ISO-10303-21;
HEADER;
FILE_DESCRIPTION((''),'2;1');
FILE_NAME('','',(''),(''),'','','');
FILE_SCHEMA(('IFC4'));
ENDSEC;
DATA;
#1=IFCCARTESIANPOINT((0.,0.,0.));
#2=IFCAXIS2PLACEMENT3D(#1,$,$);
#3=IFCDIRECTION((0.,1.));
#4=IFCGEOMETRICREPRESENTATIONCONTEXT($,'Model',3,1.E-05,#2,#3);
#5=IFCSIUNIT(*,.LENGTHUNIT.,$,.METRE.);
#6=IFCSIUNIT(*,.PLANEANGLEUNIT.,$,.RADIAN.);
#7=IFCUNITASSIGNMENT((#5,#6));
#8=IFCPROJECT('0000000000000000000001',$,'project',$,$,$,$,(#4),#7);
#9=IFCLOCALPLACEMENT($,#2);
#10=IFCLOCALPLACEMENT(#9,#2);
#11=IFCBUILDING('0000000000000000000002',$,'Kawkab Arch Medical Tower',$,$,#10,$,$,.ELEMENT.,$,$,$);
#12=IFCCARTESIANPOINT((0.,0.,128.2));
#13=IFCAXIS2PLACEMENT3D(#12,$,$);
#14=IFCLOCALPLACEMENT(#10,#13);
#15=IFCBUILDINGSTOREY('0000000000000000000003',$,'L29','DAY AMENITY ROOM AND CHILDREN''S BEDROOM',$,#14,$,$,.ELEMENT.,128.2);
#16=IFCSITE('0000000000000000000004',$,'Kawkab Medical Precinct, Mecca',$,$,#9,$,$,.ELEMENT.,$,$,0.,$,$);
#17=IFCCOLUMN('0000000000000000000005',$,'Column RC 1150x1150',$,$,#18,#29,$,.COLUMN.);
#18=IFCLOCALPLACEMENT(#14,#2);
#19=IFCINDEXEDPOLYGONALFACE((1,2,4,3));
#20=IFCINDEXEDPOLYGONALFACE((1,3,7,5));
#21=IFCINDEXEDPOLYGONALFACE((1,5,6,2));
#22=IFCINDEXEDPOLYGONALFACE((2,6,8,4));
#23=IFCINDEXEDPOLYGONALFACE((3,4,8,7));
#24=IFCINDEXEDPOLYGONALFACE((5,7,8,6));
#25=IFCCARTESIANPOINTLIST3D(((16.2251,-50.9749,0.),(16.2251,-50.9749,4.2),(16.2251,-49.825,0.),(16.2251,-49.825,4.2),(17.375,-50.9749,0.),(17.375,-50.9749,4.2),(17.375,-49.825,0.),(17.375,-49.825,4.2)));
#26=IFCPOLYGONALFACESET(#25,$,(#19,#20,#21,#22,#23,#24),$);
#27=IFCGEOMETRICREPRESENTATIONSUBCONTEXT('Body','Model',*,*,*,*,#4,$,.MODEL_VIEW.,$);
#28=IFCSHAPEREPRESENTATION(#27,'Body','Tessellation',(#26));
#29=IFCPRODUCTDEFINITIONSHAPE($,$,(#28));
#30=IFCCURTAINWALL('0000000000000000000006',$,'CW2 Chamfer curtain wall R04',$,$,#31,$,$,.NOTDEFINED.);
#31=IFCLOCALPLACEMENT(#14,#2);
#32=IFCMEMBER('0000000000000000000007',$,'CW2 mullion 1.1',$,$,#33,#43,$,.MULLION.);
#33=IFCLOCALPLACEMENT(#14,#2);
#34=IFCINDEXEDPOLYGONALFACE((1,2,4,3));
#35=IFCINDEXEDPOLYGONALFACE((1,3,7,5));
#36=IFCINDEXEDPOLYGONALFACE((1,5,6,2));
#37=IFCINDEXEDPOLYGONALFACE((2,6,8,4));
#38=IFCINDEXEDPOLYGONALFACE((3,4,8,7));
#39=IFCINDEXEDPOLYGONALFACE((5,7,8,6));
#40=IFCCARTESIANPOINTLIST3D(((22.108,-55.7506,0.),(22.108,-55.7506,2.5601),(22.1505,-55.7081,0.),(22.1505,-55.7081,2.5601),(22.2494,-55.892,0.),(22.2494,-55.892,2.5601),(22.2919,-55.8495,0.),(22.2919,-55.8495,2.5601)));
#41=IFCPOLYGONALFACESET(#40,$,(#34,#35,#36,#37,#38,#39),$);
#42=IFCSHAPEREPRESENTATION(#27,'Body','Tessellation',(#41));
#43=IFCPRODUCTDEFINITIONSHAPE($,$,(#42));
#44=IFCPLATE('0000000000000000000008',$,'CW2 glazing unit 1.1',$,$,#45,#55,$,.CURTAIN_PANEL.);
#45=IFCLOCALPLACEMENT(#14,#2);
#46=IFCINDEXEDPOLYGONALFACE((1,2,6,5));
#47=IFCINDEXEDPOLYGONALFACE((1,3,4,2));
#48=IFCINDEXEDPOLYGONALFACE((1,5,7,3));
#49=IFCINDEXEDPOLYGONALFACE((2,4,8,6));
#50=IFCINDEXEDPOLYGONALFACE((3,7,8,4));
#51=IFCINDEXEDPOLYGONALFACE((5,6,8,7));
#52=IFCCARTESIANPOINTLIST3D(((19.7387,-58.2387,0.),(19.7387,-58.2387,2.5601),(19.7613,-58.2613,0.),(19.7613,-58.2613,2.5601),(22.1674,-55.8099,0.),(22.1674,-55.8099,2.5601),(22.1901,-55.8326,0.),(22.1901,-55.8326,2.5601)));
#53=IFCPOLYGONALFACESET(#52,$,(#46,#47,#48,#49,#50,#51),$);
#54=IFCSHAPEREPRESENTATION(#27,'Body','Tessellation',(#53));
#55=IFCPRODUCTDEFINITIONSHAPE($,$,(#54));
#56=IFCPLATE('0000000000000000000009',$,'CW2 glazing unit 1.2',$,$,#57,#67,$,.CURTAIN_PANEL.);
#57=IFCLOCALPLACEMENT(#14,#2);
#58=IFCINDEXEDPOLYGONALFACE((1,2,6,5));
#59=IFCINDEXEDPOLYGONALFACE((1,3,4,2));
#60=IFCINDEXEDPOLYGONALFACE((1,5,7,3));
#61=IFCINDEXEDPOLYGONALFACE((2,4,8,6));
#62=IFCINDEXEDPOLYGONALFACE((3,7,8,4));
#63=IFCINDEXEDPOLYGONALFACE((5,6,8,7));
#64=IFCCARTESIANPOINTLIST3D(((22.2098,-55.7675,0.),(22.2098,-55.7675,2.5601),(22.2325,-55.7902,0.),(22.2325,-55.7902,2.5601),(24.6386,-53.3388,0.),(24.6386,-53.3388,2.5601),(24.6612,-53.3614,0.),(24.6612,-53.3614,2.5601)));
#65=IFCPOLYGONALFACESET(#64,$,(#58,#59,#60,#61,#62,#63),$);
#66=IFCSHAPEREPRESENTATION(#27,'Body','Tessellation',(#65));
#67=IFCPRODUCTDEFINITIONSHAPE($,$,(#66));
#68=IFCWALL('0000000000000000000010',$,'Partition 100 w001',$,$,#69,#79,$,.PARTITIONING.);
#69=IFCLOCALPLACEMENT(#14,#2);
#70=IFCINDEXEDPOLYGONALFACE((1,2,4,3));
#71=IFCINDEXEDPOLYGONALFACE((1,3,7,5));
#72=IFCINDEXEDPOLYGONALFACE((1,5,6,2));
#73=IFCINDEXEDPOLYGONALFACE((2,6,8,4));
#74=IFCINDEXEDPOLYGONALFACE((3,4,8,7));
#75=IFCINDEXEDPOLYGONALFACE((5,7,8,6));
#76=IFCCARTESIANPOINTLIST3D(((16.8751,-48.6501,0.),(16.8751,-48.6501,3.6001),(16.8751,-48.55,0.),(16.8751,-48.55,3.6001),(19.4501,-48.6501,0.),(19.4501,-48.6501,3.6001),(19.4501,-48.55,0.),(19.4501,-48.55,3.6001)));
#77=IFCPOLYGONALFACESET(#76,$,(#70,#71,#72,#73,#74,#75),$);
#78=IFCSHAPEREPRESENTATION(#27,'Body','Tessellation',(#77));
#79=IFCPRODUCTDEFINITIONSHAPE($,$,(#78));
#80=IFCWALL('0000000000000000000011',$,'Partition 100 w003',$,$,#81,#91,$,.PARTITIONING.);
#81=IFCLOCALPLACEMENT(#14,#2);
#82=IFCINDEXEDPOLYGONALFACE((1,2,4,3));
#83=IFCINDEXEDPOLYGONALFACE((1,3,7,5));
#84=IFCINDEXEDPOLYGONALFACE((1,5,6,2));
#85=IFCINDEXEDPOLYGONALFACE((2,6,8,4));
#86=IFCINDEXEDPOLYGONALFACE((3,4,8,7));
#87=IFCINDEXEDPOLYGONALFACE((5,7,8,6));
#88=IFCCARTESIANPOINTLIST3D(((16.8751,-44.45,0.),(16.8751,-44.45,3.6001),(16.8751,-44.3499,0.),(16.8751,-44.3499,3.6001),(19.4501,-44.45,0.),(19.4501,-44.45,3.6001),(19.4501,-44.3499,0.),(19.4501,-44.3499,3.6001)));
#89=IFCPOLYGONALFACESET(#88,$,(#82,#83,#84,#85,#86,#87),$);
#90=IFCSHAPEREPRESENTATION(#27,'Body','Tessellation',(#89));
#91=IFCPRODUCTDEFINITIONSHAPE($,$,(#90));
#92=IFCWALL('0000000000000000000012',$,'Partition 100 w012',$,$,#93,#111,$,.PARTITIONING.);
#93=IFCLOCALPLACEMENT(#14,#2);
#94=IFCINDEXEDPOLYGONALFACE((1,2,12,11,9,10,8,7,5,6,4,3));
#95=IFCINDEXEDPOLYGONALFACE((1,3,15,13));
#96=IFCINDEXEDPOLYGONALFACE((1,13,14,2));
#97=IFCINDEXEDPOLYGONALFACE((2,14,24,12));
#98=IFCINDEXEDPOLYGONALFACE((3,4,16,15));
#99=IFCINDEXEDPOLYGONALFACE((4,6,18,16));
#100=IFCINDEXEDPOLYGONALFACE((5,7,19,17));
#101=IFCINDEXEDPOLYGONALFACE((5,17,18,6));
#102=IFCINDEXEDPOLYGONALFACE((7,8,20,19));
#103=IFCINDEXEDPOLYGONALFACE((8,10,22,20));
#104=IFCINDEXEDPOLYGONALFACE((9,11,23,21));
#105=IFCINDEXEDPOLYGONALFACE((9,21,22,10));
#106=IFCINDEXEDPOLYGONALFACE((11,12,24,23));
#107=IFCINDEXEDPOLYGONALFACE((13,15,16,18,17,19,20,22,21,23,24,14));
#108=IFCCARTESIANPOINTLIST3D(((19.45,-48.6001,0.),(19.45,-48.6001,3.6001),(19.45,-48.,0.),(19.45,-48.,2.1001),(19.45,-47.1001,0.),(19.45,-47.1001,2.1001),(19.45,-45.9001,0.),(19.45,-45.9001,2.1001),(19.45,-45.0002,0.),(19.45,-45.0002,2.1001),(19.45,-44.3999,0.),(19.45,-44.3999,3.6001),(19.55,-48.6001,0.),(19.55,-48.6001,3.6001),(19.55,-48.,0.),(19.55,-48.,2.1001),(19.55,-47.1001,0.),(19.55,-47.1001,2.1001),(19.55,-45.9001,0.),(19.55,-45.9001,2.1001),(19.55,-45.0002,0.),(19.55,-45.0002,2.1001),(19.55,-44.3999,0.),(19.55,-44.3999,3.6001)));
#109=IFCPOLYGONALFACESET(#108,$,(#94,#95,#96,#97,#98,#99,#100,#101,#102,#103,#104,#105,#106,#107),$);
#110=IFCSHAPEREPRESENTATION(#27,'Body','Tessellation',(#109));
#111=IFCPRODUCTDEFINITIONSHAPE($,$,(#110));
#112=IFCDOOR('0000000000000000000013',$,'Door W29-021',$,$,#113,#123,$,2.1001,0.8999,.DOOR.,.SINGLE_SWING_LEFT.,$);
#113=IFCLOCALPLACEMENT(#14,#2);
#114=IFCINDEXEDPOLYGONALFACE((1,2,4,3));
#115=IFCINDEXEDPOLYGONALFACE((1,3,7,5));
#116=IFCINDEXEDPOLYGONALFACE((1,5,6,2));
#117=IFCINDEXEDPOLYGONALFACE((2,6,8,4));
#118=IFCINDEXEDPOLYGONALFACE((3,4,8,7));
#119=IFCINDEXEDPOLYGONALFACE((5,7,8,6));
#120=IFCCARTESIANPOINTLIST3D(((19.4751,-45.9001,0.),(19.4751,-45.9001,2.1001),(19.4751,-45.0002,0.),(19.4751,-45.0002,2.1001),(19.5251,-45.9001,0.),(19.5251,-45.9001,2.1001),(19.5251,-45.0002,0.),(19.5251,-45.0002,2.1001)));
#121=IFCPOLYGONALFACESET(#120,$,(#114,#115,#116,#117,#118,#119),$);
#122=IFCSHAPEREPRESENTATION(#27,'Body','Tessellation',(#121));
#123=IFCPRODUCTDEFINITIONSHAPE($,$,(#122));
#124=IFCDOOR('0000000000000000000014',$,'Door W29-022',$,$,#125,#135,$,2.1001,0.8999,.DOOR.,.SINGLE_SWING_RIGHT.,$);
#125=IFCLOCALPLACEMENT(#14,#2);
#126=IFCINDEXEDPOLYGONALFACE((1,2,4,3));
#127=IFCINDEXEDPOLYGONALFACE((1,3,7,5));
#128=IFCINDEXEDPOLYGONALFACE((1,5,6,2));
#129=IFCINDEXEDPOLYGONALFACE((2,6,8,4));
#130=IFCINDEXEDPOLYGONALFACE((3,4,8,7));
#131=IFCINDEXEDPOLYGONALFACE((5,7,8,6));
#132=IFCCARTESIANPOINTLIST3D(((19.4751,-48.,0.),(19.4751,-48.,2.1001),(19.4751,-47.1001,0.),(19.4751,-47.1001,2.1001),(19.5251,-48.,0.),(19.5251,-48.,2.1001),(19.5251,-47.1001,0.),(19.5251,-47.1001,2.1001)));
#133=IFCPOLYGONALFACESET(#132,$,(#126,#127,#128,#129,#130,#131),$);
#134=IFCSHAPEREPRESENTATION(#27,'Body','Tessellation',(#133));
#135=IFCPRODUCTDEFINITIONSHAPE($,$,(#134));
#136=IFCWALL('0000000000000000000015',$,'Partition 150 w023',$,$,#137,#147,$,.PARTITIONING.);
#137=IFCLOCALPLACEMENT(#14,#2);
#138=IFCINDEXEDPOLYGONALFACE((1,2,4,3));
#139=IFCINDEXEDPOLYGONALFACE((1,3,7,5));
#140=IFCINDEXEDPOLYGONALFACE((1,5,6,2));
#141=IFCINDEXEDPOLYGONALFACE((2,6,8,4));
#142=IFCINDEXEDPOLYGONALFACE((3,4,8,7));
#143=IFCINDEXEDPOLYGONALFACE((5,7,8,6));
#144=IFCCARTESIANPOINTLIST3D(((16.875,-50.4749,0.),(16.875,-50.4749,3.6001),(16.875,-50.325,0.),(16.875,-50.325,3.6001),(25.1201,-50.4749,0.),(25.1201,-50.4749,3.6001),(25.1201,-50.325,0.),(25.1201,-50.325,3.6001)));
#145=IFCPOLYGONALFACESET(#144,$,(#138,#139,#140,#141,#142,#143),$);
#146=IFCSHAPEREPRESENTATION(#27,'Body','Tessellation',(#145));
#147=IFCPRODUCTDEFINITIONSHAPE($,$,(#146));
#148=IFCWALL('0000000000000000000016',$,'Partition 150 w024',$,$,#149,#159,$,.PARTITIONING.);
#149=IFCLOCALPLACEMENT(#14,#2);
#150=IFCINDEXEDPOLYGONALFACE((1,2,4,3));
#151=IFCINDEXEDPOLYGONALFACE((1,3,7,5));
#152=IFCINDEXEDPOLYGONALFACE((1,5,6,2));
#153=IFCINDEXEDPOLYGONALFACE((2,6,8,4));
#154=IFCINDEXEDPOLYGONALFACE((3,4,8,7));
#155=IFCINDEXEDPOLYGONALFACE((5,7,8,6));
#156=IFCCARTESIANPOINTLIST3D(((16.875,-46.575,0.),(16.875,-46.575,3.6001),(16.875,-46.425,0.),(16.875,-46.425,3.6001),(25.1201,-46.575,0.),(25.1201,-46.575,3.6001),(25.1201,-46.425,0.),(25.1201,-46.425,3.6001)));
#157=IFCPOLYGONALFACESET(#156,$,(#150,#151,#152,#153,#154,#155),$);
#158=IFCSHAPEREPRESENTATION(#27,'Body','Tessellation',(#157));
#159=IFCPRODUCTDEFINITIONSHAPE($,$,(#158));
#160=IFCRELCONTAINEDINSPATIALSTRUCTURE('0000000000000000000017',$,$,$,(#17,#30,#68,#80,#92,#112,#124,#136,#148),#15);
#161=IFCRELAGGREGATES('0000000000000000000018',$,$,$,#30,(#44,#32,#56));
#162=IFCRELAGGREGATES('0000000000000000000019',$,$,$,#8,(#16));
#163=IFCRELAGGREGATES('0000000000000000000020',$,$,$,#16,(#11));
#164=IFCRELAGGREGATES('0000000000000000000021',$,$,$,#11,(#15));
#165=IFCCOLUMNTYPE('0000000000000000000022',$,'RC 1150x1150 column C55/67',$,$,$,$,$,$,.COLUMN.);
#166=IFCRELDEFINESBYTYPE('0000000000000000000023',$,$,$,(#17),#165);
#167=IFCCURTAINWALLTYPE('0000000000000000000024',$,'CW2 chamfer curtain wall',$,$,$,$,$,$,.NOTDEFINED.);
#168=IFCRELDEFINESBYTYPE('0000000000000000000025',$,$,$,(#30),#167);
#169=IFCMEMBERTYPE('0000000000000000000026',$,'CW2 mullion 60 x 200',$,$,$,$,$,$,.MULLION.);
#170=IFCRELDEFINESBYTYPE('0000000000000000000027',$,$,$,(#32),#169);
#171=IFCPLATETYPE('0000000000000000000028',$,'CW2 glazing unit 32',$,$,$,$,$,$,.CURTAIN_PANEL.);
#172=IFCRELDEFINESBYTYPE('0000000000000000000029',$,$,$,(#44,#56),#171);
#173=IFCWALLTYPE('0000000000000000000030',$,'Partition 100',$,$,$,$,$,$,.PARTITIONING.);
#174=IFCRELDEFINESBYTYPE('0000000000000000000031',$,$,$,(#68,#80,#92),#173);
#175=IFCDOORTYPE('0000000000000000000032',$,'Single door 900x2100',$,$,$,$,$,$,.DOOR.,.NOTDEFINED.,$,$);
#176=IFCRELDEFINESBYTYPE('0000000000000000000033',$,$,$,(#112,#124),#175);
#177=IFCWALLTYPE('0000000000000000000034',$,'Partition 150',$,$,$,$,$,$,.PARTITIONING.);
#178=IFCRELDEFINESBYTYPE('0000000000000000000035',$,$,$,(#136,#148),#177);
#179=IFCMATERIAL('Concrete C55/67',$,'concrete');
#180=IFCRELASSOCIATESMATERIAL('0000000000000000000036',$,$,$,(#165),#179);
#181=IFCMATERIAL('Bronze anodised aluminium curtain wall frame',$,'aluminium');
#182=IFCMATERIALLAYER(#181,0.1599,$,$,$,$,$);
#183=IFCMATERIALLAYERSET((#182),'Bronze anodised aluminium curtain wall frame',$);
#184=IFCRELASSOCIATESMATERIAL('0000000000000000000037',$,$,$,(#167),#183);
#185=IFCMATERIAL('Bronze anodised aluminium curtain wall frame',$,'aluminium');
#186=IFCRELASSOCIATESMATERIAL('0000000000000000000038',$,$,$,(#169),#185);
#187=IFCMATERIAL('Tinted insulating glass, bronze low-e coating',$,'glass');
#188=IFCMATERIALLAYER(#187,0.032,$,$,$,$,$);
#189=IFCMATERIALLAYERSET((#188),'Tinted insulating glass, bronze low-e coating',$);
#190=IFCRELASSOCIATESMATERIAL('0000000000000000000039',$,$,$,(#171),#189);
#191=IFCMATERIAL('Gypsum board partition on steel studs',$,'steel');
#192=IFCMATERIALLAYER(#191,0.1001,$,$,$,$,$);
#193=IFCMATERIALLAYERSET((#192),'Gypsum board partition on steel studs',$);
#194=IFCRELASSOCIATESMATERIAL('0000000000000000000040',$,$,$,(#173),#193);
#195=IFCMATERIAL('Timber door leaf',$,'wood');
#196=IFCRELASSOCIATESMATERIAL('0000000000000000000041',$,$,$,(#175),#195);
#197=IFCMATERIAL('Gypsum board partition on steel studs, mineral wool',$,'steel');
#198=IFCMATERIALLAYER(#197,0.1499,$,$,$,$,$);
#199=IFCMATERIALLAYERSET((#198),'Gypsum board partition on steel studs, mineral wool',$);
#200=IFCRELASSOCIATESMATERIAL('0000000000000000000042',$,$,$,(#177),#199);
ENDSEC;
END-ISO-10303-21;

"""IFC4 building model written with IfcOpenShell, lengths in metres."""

from ifc_helpers import new_model, si_unit, direction, frame, frame_2d, origin, origin_2d, place, context, subcontext, project, spatial, rectangle, extrude, material, layer, layer_set, material_profile, profile_set, type_object, element, fill, aggregate, save


model = new_model("IFC4")

# Units and contexts
model_context = context("Model", 3, precision=1e-05, world=origin(), true_north=direction((0.0, 1.0)))
body_context = subcontext(model_context, "Body", "Model", "MODEL_VIEW")
ifc_project = project(units=[si_unit("LENGTHUNIT", "METRE"), si_unit("PLANEANGLEUNIT", "RADIAN")], contexts=[model_context])

# Site, building, storey
site_placement = place(None, origin())
site = spatial("IfcSite", under=ifc_project, at=site_placement, Name="Kawkab Medical Precinct, Mecca", CompositionType="ELEMENT", RefElevation=0.0)
building_placement = place(site_placement, origin())
building = spatial("IfcBuilding", under=site, at=building_placement, Name="Kawkab Arch Medical Tower", CompositionType="ELEMENT")
storey_placement = place(building_placement, frame((0.0, 0.0, 128.2)))
storey = spatial("IfcBuildingStorey", under=building, at=storey_placement, Name="L29", Description="DAY AMENITY ROOM AND CHILDREN'S BEDROOM", CompositionType="ELEMENT", Elevation=128.2)

# Column
ifc_material_1 = material(Name="Concrete C55/67", Category="concrete")
ifc_material_profile_1 = material_profile(ifc_material_1, rectangle(XDim=1.1499, YDim=1.1499, at=origin_2d()), Name="RC 1150x1150")
ifc_profile_set_1 = profile_set([ifc_material_profile_1], Name="Concrete C55/67")
column_type = type_object("IfcColumnType", Name="RC 1150x1150 column C55/67", PredefinedType="COLUMN", material=ifc_profile_set_1)
column_placement = place(storey_placement, frame((16.8, -50.3999, 0.0), z_axis=(0.0, 0.0, 1.0), x_axis=(1.0, 0.0, 0.0)))
element("IfcColumn", 1, at=column_placement, inside=storey, type_object=column_type, Name="Column RC 1150x1150", PredefinedType="COLUMN", context=body_context, shape_type="SweptSolid", body=[
    extrude(rectangle(XDim=1.1499, YDim=1.1499, at=origin_2d()), origin(), (0.0, 0.0, 1.0), 4.2),
])

# Curtain wall, member, plates
ifc_material_2 = material(Name="Bronze anodised aluminium curtain wall frame", Category="aluminium")
ifc_layer_1 = layer(ifc_material_2, 0.1599)
ifc_layer_set_1 = layer_set([ifc_layer_1], Name="Bronze anodised aluminium curtain wall frame")
curtain_wall_type = type_object("IfcCurtainWallType", Name="CW2 chamfer curtain wall", PredefinedType="NOTDEFINED", material=ifc_layer_set_1)
curtain_wall_placement = place(storey_placement, origin())
curtain_wall = element("IfcCurtainWall", 2, at=curtain_wall_placement, inside=storey, type_object=curtain_wall_type, Name="CW2 Chamfer curtain wall R04", PredefinedType="NOTDEFINED")
ifc_material_3 = material(Name="Bronze anodised aluminium curtain wall frame", Category="aluminium")
ifc_material_profile_2 = material_profile(ifc_material_3, rectangle(XDim=0.2, YDim=0.0601, at=origin_2d()), Name="AL 60x200")
ifc_profile_set_2 = profile_set([ifc_material_profile_2], Name="Bronze anodised aluminium curtain wall frame")
member_type = type_object("IfcMemberType", Name="CW2 mullion 60 x 200", PredefinedType="MULLION", material=ifc_profile_set_2)
member_placement = place(storey_placement, frame((22.2, -55.8, 0.0), z_axis=(0.0, 0.0, 1.0), x_axis=(-0.707107, 0.707107, 0.0)))
member = element("IfcMember", 3, at=member_placement, type_object=member_type, Name="CW2 mullion 1.1", PredefinedType="MULLION", context=body_context, shape_type="SweptSolid", body=[
    extrude(rectangle(XDim=0.2, YDim=0.0601, at=origin_2d()), origin(), (0.0, 0.0, 1.0), 2.5601),
])
ifc_material_4 = material(Name="Tinted insulating glass, bronze low-e coating", Category="glass")
ifc_layer_2 = layer(ifc_material_4, 0.032)
ifc_layer_set_2 = layer_set([ifc_layer_2], Name="Tinted insulating glass, bronze low-e coating")
plate_type = type_object("IfcPlateType", Name="CW2 glazing unit 32", PredefinedType="CURTAIN_PANEL", material=ifc_layer_set_2)
plate_1_placement = place(storey_placement, frame((20.9644, -57.0356, 0.0), z_axis=(0.0, 0.0, 1.0), x_axis=(0.707107, 0.707107, 0.0)))
plate_1 = element("IfcPlate", 4, at=plate_1_placement, type_object=plate_type, Name="CW2 glazing unit 1.1", PredefinedType="CURTAIN_PANEL", context=body_context, shape_type="SweptSolid", body=[
    extrude(rectangle(XDim=3.4348, YDim=0.032, at=origin_2d()), origin(), (0.0, 0.0, 1.0), 2.5601),
])
plate_2_placement = place(storey_placement, frame((23.4355, -54.5645, 0.0), z_axis=(0.0, 0.0, 1.0), x_axis=(0.707107, 0.707107, 0.0)))
plate_2 = element("IfcPlate", 5, at=plate_2_placement, type_object=plate_type, Name="CW2 glazing unit 1.2", PredefinedType="CURTAIN_PANEL", context=body_context, shape_type="SweptSolid", body=[
    extrude(rectangle(XDim=3.4348, YDim=0.032, at=origin_2d()), origin(), (0.0, 0.0, 1.0), 2.5601),
])
aggregate(curtain_wall, [plate_1, member, plate_2])

# Walls
ifc_material_5 = material(Name="Gypsum board partition on steel studs", Category="steel")
ifc_layer_3 = layer(ifc_material_5, 0.1001)
ifc_layer_set_3 = layer_set([ifc_layer_3], Name="Gypsum board partition on steel studs")
wall_type_1 = type_object("IfcWallType", Name="Partition 100", PredefinedType="PARTITIONING", material=ifc_layer_set_3)
for number, where, z_axis, x_axis, name in (
    (6, (16.875, -48.6001, 0.0), (0.0, 0.0, 1.0), (1.0, 0.0, 0.0), "Partition 100 w001"),
    (7, (16.875, -44.3999, 0.0), (0.0, 0.0, 1.0), (1.0, 0.0, 0.0), "Partition 100 w003"),
):
    element("IfcWall", number, at=place(storey_placement, frame(where, z_axis=z_axis, x_axis=x_axis)), inside=storey, type_object=wall_type_1, Name=name, PredefinedType="PARTITIONING", context=body_context, shape_type="SweptSolid", body=[
        extrude(rectangle(XDim=2.575, YDim=0.1001, at=frame_2d((1.2876, 0.0))), origin(), (0.0, 0.0, 1.0), 3.6001),
    ])

# Wall, openings, doors
wall_1_placement = place(storey_placement, frame((19.5, -48.6001, 0.0), z_axis=(0.0, 0.0, 1.0), x_axis=(0.0, 1.0, 0.0)))
wall_1 = element("IfcWall", 8, at=wall_1_placement, inside=storey, type_object=wall_type_1, Name="Partition 100 w012", PredefinedType="PARTITIONING", context=body_context, shape_type="SweptSolid", body=[
    extrude(rectangle(XDim=4.2002, YDim=0.1001, at=frame_2d((2.1001, 0.0))), origin(), (0.0, 0.0, 1.0), 3.6001),
])
opening_1_placement = place(wall_1_placement, frame((2.7, 0.0, 0.0)))
opening_1 = element("IfcOpeningElement", 9, at=opening_1_placement, cuts=wall_1, PredefinedType="OPENING", context=body_context, shape_type="SweptSolid", body=[
    extrude(rectangle(XDim=0.8999, YDim=2.1001, at=frame_2d((0.45, 1.05))), frame((0.0, 0.0601, 0.0), z_axis=(0.0, -1.0, 0.0), x_axis=(1.0, 0.0, 0.0)), (0.0, 0.0, 1.0), 0.1201),
])
opening_2_placement = place(wall_1_placement, frame((0.6001, 0.0, 0.0)))
opening_2 = element("IfcOpeningElement", 10, at=opening_2_placement, cuts=wall_1, PredefinedType="OPENING", context=body_context, shape_type="SweptSolid", body=[
    extrude(rectangle(XDim=0.8999, YDim=2.1001, at=frame_2d((0.45, 1.05))), frame((0.0, 0.0601, 0.0), z_axis=(0.0, -1.0, 0.0), x_axis=(1.0, 0.0, 0.0)), (0.0, 0.0, 1.0), 0.1201),
])
ifc_material_6 = material(Name="Timber door leaf", Category="wood")
door_type_1 = type_object("IfcDoorType", Name="Single door 900x2100", OperationType="NOTDEFINED", PredefinedType="DOOR", material=ifc_material_6)
door_1_placement = place(opening_1_placement, origin())
door_1 = element("IfcDoor", 11, at=door_1_placement, inside=storey, type_object=door_type_1, Name="Door W29-021", OperationType="SINGLE_SWING_LEFT", OverallHeight=2.1001, OverallWidth=0.8999, PredefinedType="DOOR", context=body_context, shape_type="SweptSolid", body=[
    extrude(rectangle(XDim=0.8999, YDim=2.1001, at=frame_2d((0.45, 1.05))), frame((0.0, 0.0249, 0.0), z_axis=(0.0, -1.0, 0.0), x_axis=(1.0, 0.0, 0.0)), (0.0, 0.0, 1.0), 0.05),
])
fill(opening_1, door_1)
door_2_placement = place(opening_2_placement, origin())
door_2 = element("IfcDoor", 12, at=door_2_placement, inside=storey, type_object=door_type_1, Name="Door W29-022", OperationType="SINGLE_SWING_RIGHT", OverallHeight=2.1001, OverallWidth=0.8999, PredefinedType="DOOR", context=body_context, shape_type="SweptSolid", body=[
    extrude(rectangle(XDim=0.8999, YDim=2.1001, at=frame_2d((0.45, 1.05))), frame((0.0, 0.0249, 0.0), z_axis=(0.0, -1.0, 0.0), x_axis=(1.0, 0.0, 0.0)), (0.0, 0.0, 1.0), 0.05),
])
fill(opening_2, door_2)

# Walls
ifc_material_7 = material(Name="Gypsum board partition on steel studs, mineral wool", Category="steel")
ifc_layer_4 = layer(ifc_material_7, 0.1499)
ifc_layer_set_4 = layer_set([ifc_layer_4], Name="Gypsum board partition on steel studs, mineral wool")
wall_type_2 = type_object("IfcWallType", Name="Partition 150", PredefinedType="PARTITIONING", material=ifc_layer_set_4)
for number, where, z_axis, x_axis, name in (
    (13, (16.875, -50.3999, 0.0), (0.0, 0.0, 1.0), (1.0, 0.0, 0.0), "Partition 150 w023"),
    (14, (16.875, -46.5, 0.0), (0.0, 0.0, 1.0), (1.0, 0.0, 0.0), "Partition 150 w024"),
):
    element("IfcWall", number, at=place(storey_placement, frame(where, z_axis=z_axis, x_axis=x_axis)), inside=storey, type_object=wall_type_2, Name=name, PredefinedType="PARTITIONING", context=body_context, shape_type="SweptSolid", body=[
        extrude(rectangle(XDim=8.2451, YDim=0.1499, at=frame_2d((4.1226, 0.0))), origin(), (0.0, 0.0, 1.0), 3.6001),
    ])

save(model, "model.ifc")
